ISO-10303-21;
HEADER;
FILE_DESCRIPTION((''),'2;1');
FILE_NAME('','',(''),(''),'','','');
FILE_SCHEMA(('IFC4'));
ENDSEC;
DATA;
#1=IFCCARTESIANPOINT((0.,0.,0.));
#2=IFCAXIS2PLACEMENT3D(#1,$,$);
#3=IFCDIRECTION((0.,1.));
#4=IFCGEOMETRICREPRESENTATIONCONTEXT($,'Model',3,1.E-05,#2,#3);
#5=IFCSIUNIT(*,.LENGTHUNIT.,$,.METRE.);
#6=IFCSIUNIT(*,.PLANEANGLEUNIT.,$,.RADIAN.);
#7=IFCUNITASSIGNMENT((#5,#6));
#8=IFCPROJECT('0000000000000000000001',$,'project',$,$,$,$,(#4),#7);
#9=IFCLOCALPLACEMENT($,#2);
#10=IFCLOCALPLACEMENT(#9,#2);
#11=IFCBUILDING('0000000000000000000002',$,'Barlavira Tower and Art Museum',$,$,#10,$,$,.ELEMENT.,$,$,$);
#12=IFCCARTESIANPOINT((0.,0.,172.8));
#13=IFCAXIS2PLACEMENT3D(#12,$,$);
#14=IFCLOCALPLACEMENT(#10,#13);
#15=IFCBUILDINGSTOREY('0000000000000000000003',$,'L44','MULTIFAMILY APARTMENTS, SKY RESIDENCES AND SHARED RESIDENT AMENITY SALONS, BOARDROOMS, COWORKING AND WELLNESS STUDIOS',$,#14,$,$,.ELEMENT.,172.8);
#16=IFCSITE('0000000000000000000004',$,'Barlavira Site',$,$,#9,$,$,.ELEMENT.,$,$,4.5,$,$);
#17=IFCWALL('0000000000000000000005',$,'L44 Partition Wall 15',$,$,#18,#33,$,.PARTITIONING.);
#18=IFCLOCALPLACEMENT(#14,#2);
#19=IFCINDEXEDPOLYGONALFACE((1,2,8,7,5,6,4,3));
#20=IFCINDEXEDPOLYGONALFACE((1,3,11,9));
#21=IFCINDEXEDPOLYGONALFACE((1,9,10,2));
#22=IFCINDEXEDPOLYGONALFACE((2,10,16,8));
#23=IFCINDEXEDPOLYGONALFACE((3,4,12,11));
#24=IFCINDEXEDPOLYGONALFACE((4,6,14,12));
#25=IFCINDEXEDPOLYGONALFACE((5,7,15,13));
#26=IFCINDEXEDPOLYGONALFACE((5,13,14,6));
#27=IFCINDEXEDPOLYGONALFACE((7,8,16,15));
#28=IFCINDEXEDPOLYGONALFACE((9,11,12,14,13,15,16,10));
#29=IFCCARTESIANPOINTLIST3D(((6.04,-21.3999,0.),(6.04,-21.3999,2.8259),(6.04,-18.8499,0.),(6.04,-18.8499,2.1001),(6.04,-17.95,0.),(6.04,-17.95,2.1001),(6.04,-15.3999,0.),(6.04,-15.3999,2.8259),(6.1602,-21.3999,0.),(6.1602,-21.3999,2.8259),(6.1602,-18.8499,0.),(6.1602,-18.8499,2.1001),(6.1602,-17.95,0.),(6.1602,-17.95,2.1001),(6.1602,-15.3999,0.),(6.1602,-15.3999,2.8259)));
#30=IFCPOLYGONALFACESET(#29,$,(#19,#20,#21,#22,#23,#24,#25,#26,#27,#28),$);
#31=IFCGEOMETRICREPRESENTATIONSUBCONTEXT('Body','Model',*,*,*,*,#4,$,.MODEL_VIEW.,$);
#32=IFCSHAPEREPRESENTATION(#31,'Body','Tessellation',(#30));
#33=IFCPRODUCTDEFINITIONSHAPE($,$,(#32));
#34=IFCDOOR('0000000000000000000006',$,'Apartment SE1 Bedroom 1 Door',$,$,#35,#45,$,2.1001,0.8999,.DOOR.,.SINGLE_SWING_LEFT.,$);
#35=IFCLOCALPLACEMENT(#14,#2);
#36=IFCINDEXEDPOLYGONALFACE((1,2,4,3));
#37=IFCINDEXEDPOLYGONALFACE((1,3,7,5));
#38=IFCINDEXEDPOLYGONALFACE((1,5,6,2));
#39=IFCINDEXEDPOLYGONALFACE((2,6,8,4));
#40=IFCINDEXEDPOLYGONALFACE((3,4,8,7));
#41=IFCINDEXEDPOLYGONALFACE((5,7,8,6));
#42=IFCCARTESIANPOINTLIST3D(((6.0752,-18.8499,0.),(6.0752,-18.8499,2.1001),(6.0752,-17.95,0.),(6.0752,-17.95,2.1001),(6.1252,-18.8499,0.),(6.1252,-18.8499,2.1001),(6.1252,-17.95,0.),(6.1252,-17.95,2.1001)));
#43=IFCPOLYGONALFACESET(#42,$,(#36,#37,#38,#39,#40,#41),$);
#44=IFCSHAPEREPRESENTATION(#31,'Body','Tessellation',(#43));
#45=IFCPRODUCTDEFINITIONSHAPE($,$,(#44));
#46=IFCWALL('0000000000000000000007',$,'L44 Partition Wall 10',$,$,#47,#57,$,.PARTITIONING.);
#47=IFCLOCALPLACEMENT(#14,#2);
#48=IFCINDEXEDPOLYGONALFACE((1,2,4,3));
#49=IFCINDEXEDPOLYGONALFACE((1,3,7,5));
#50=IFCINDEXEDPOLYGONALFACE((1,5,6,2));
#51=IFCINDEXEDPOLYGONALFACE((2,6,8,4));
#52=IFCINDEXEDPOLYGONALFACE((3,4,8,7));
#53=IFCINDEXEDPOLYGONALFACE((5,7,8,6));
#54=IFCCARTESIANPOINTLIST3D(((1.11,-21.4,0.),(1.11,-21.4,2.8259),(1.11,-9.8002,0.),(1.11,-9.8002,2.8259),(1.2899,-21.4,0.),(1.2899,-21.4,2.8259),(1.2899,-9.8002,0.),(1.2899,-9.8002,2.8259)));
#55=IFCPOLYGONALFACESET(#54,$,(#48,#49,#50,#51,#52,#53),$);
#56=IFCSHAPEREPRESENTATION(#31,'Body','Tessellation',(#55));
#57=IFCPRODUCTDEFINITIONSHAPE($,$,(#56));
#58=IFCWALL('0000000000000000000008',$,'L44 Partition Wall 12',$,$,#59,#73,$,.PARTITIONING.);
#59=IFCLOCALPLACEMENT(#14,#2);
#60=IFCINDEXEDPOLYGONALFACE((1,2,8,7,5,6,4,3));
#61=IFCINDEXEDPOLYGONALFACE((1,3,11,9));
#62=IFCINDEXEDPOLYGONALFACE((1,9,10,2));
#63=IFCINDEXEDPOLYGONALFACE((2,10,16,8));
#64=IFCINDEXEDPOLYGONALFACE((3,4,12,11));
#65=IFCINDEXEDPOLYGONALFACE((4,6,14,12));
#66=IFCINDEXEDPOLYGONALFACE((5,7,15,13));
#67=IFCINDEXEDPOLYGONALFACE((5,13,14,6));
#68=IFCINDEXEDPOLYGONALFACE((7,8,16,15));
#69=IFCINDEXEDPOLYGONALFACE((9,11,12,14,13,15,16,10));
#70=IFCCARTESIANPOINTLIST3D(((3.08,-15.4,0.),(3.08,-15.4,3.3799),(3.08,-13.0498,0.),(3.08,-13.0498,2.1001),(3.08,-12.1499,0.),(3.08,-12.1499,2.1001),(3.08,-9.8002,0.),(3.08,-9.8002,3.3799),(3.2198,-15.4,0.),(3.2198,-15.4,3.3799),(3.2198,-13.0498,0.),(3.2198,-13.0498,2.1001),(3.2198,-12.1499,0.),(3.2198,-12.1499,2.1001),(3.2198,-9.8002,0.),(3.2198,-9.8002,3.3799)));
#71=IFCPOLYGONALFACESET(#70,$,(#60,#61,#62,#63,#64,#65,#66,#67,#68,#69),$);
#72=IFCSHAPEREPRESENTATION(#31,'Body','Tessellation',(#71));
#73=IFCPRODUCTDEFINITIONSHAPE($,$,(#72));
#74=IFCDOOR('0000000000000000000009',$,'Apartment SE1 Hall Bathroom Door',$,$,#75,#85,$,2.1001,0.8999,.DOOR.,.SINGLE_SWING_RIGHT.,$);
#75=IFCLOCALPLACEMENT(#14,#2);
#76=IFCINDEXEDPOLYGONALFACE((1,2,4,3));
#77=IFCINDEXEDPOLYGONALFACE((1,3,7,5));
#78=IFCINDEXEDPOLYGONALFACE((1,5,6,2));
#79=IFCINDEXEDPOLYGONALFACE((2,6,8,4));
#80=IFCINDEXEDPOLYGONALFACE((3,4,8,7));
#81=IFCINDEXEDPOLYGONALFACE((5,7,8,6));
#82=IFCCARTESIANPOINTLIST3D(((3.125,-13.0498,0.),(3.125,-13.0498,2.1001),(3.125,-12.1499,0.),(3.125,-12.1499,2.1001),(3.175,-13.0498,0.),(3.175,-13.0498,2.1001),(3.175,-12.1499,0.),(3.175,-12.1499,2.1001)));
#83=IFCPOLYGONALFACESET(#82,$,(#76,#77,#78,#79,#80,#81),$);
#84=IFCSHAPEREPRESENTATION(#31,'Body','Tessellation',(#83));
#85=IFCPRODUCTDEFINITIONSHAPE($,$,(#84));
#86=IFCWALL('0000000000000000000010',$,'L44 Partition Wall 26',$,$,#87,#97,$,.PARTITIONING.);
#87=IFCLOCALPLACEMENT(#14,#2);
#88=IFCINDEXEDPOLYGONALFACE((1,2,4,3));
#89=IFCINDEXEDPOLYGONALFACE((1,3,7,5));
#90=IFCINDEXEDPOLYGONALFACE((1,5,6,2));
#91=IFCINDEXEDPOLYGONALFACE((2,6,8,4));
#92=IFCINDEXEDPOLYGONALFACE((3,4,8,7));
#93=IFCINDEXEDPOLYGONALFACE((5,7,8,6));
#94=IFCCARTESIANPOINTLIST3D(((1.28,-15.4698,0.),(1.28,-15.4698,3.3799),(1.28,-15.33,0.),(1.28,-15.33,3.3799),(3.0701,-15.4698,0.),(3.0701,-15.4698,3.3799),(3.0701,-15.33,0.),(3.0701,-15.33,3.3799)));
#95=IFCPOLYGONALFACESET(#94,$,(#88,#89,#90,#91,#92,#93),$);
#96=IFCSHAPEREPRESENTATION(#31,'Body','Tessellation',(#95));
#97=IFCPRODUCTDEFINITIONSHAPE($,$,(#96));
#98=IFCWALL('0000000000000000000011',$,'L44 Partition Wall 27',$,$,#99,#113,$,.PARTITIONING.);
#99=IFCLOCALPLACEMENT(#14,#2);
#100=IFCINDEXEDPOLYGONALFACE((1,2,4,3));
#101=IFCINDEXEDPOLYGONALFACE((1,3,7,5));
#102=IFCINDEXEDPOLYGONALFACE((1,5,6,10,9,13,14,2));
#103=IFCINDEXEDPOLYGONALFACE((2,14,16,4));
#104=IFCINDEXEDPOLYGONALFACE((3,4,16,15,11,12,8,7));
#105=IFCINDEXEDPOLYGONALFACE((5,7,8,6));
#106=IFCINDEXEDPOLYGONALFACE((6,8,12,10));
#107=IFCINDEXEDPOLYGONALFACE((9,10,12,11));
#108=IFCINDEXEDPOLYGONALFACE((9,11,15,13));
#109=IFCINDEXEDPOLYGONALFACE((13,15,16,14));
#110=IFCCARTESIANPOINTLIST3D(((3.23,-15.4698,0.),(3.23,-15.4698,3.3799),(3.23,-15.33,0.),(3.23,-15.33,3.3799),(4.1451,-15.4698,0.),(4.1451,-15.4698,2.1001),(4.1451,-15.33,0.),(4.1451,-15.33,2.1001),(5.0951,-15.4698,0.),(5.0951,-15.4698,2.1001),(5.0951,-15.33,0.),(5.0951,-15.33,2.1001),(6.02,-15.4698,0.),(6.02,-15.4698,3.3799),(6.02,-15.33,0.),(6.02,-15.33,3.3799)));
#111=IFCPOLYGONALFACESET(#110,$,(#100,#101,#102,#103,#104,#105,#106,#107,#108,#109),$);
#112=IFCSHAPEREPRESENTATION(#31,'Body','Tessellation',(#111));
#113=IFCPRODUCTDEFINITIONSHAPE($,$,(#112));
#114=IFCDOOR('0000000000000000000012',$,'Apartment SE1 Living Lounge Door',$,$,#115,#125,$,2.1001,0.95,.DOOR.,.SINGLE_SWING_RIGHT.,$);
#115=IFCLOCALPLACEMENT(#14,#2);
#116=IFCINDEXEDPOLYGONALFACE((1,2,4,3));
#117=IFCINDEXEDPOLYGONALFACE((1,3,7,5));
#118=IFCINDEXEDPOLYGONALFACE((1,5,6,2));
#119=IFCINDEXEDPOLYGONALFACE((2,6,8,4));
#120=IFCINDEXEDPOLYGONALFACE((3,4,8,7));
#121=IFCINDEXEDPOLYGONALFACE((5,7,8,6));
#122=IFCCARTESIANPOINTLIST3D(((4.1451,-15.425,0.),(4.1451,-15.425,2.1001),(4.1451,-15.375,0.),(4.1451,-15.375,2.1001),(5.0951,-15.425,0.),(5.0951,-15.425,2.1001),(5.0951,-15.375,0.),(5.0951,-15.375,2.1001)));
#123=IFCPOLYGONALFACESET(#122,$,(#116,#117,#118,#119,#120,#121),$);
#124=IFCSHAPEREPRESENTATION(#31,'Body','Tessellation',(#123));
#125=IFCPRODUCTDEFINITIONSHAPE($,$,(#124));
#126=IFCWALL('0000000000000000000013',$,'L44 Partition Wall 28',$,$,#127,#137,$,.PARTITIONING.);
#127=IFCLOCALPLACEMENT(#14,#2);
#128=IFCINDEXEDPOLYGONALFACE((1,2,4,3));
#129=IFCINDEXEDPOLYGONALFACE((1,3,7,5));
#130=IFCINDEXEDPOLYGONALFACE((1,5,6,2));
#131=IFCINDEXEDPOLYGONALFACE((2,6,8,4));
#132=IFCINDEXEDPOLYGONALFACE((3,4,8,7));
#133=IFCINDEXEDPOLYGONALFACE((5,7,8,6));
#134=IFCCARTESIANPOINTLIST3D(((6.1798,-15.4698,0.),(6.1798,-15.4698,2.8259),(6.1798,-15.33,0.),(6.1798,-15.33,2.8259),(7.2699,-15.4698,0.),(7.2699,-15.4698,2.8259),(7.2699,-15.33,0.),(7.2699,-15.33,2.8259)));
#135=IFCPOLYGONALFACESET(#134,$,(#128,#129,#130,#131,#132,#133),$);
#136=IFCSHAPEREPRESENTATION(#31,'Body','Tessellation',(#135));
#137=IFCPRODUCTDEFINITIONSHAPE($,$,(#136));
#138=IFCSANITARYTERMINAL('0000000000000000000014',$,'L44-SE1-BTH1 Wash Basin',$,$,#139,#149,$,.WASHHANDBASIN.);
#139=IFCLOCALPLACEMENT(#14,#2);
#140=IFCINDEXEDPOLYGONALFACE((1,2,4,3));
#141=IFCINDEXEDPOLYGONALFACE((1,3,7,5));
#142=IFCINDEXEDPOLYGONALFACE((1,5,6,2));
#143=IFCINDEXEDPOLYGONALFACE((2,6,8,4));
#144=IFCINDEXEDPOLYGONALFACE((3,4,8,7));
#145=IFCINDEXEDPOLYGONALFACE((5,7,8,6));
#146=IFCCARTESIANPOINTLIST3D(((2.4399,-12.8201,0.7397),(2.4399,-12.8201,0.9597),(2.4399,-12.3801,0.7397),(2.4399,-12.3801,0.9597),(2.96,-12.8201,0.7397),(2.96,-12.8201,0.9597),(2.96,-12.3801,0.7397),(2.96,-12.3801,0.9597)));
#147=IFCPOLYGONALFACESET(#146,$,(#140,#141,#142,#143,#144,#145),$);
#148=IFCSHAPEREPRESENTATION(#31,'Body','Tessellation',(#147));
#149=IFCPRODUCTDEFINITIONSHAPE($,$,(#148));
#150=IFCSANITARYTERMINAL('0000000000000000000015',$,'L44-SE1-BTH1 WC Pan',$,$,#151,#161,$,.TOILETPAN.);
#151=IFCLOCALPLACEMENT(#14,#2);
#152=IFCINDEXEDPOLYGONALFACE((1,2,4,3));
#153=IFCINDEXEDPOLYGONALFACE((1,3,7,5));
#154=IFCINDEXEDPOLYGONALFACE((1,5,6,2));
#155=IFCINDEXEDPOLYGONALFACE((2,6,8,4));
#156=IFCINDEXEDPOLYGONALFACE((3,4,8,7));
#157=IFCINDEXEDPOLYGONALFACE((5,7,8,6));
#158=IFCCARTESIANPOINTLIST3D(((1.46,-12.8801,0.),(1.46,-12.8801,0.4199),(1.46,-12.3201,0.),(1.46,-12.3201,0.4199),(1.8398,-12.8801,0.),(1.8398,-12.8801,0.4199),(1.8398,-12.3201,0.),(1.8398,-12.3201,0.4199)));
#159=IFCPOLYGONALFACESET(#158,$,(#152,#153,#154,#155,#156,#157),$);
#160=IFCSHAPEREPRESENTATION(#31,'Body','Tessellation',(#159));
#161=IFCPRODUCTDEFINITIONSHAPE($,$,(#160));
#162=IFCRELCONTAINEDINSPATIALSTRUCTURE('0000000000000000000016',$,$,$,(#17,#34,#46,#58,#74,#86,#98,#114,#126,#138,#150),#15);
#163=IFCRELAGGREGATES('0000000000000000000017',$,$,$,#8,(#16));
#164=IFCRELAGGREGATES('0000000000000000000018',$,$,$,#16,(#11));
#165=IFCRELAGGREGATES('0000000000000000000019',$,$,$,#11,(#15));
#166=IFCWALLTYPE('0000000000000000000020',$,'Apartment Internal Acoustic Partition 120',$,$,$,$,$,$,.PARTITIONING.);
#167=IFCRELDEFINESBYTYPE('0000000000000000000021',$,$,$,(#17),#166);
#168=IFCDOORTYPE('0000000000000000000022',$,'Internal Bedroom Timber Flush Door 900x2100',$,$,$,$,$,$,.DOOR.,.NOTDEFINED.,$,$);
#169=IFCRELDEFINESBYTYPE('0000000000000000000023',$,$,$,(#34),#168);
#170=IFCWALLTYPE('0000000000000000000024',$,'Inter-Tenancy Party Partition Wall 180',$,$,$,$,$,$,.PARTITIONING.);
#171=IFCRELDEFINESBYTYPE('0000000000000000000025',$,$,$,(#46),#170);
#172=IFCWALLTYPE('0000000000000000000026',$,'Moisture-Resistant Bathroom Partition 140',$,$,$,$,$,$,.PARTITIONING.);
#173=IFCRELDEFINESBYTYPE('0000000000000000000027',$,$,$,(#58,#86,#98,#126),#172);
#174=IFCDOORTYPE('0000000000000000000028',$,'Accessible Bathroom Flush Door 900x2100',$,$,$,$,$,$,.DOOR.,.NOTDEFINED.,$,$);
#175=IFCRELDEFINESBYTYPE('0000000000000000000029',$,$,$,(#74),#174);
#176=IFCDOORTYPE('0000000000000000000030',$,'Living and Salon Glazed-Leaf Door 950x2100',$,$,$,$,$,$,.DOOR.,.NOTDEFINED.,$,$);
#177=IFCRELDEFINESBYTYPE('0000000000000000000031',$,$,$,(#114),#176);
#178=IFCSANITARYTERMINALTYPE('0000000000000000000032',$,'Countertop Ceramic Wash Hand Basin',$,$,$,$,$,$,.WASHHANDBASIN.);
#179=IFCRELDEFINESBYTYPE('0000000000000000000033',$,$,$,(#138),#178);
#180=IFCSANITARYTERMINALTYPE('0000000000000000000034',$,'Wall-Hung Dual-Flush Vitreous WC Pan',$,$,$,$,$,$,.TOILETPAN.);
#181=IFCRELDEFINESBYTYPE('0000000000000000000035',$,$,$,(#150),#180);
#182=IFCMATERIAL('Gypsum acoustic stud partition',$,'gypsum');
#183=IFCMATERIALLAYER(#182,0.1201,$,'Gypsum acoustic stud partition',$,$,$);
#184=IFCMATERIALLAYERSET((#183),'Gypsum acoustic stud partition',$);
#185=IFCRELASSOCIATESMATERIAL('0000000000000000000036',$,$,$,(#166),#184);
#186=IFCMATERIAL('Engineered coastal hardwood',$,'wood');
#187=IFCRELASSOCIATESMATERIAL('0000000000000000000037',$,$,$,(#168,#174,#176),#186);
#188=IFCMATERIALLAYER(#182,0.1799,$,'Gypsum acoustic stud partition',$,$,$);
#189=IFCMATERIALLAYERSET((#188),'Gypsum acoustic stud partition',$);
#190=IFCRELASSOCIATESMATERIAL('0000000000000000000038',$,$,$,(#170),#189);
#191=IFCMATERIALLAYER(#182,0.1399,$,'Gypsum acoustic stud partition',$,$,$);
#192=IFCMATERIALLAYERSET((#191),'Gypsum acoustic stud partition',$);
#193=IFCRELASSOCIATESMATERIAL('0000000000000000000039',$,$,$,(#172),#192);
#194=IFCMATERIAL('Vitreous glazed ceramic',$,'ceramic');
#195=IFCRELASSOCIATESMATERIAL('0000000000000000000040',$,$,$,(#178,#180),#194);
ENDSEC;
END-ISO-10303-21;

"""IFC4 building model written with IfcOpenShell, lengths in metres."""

from ifc_helpers import new_model, si_unit, direction, frame, frame_2d, origin, origin_2d, place, context, subcontext, project, spatial, rectangle, extrude, material, layer, layer_set, type_object, element, fill, save


model = new_model("IFC4")

# Units and contexts
model_context = context("Model", 3, precision=1e-05, world=origin(), true_north=direction((0.0, 1.0)))
body_context = subcontext(model_context, "Body", "Model", "MODEL_VIEW")
ifc_project = project(units=[si_unit("LENGTHUNIT", "METRE"), si_unit("PLANEANGLEUNIT", "RADIAN")], contexts=[model_context])

# Site, building, storey
site_placement = place(None, origin())
site = spatial("IfcSite", under=ifc_project, at=site_placement, Name="Barlavira Site", CompositionType="ELEMENT", RefElevation=4.5)
building_placement = place(site_placement, origin())
building = spatial("IfcBuilding", under=site, at=building_placement, Name="Barlavira Tower and Art Museum", CompositionType="ELEMENT")
storey_placement = place(building_placement, frame((0.0, 0.0, 172.8)))
storey = spatial("IfcBuildingStorey", under=building, at=storey_placement, Name="L44", Description="MULTIFAMILY APARTMENTS, SKY RESIDENCES AND SHARED RESIDENT AMENITY SALONS, BOARDROOMS, COWORKING AND WELLNESS STUDIOS", CompositionType="ELEMENT", Elevation=172.8)

# Wall, opening, door
ifc_material_1 = material(Name="Gypsum acoustic stud partition", Category="gypsum")
ifc_layer_1 = layer(ifc_material_1, 0.1201, Name="Gypsum acoustic stud partition")
ifc_layer_set_1 = layer_set([ifc_layer_1], Name="Gypsum acoustic stud partition")
wall_type_1 = type_object("IfcWallType", Name="Apartment Internal Acoustic Partition 120", PredefinedType="PARTITIONING", material=ifc_layer_set_1)
wall_1_placement = place(storey_placement, frame((6.1001, -21.3999, 0.0), z_axis=(0.0, 0.0, 1.0), x_axis=(0.0, 1.0, 0.0)))
wall_1 = element("IfcWall", 1, at=wall_1_placement, inside=storey, type_object=wall_type_1, Name="L44 Partition Wall 15", PredefinedType="PARTITIONING", context=body_context, shape_type="SweptSolid", body=[
    extrude(rectangle(XDim=6.0, YDim=0.1201, at=frame_2d((3.0, 0.0))), origin(), (0.0, 0.0, 1.0), 2.8259),
])
opening_1_placement = place(wall_1_placement, frame((2.55, 0.0, 0.0)))
opening_1 = element("IfcOpeningElement", 2, at=opening_1_placement, cuts=wall_1, PredefinedType="OPENING", context=body_context, shape_type="SweptSolid", body=[
    extrude(rectangle(XDim=0.8999, YDim=2.1001, at=frame_2d((0.45, 1.05))), frame((0.0, 0.0701, 0.0), z_axis=(0.0, -1.0, 0.0), x_axis=(1.0, 0.0, 0.0)), (0.0, 0.0, 1.0), 0.1401),
])
ifc_material_2 = material(Name="Engineered coastal hardwood", Category="wood")
door_type_1 = type_object("IfcDoorType", Name="Internal Bedroom Timber Flush Door 900x2100", OperationType="NOTDEFINED", PredefinedType="DOOR", material=ifc_material_2)
door_1_placement = place(opening_1_placement, origin())
door_1 = element("IfcDoor", 3, at=door_1_placement, inside=storey, type_object=door_type_1, Name="Apartment SE1 Bedroom 1 Door", OperationType="SINGLE_SWING_LEFT", OverallHeight=2.1001, OverallWidth=0.8999, PredefinedType="DOOR", context=body_context, shape_type="SweptSolid", body=[
    extrude(rectangle(XDim=0.8999, YDim=2.1001, at=frame_2d((0.45, 1.05))), frame((0.0, 0.0249, 0.0), z_axis=(0.0, -1.0, 0.0), x_axis=(1.0, 0.0, 0.0)), (0.0, 0.0, 1.0), 0.05),
])
fill(opening_1, door_1)

# Wall
ifc_layer_2 = layer(ifc_material_1, 0.1799, Name="Gypsum acoustic stud partition")
ifc_layer_set_2 = layer_set([ifc_layer_2], Name="Gypsum acoustic stud partition")
wall_type_2 = type_object("IfcWallType", Name="Inter-Tenancy Party Partition Wall 180", PredefinedType="PARTITIONING", material=ifc_layer_set_2)
wall_2_placement = place(storey_placement, frame((1.2, -21.3999, 0.0), z_axis=(0.0, 0.0, 1.0), x_axis=(0.0, 1.0, 0.0)))
element("IfcWall", 4, at=wall_2_placement, inside=storey, type_object=wall_type_2, Name="L44 Partition Wall 10", PredefinedType="PARTITIONING", context=body_context, shape_type="SweptSolid", body=[
    extrude(rectangle(XDim=11.5999, YDim=0.1799, at=frame_2d((5.7998, 0.0))), origin(), (0.0, 0.0, 1.0), 2.8259),
])

# Wall, opening, door
ifc_layer_3 = layer(ifc_material_1, 0.1399, Name="Gypsum acoustic stud partition")
ifc_layer_set_3 = layer_set([ifc_layer_3], Name="Gypsum acoustic stud partition")
wall_type_3 = type_object("IfcWallType", Name="Moisture-Resistant Bathroom Partition 140", PredefinedType="PARTITIONING", material=ifc_layer_set_3)
wall_3_placement = place(storey_placement, frame((3.1499, -15.3999, 0.0), z_axis=(0.0, 0.0, 1.0), x_axis=(0.0, 1.0, 0.0)))
wall_3 = element("IfcWall", 5, at=wall_3_placement, inside=storey, type_object=wall_type_3, Name="L44 Partition Wall 12", PredefinedType="PARTITIONING", context=body_context, shape_type="SweptSolid", body=[
    extrude(rectangle(XDim=5.5999, YDim=0.1399, at=frame_2d((2.7998, 0.0))), origin(), (0.0, 0.0, 1.0), 3.3799),
])
opening_2_placement = place(wall_3_placement, frame((2.3501, 0.0, 0.0)))
opening_2 = element("IfcOpeningElement", 6, at=opening_2_placement, cuts=wall_3, PredefinedType="OPENING", context=body_context, shape_type="SweptSolid", body=[
    extrude(rectangle(XDim=0.8999, YDim=2.1001, at=frame_2d((0.45, 1.05))), frame((0.0, 0.0801, 0.0), z_axis=(0.0, -1.0, 0.0), x_axis=(1.0, 0.0, 0.0)), (0.0, 0.0, 1.0), 0.1599),
])
door_type_2 = type_object("IfcDoorType", Name="Accessible Bathroom Flush Door 900x2100", OperationType="NOTDEFINED", PredefinedType="DOOR", material=ifc_material_2)
door_2_placement = place(opening_2_placement, origin())
door_2 = element("IfcDoor", 7, at=door_2_placement, inside=storey, type_object=door_type_2, Name="Apartment SE1 Hall Bathroom Door", OperationType="SINGLE_SWING_RIGHT", OverallHeight=2.1001, OverallWidth=0.8999, PredefinedType="DOOR", context=body_context, shape_type="SweptSolid", body=[
    extrude(rectangle(XDim=0.8999, YDim=2.1001, at=frame_2d((0.45, 1.05))), frame((0.0, 0.0249, 0.0), z_axis=(0.0, -1.0, 0.0), x_axis=(1.0, 0.0, 0.0)), (0.0, 0.0, 1.0), 0.05),
])
fill(opening_2, door_2)

# Wall
wall_4_placement = place(storey_placement, frame((1.28, -15.3999, 0.0), z_axis=(0.0, 0.0, 1.0), x_axis=(1.0, 0.0, 0.0)))
element("IfcWall", 8, at=wall_4_placement, inside=storey, type_object=wall_type_3, Name="L44 Partition Wall 26", PredefinedType="PARTITIONING", context=body_context, shape_type="SweptSolid", body=[
    extrude(rectangle(XDim=1.79, YDim=0.1399, at=frame_2d((0.895, 0.0))), origin(), (0.0, 0.0, 1.0), 3.3799),
])

# Wall, opening, door
wall_5_placement = place(storey_placement, frame((3.23, -15.3999, 0.0), z_axis=(0.0, 0.0, 1.0), x_axis=(1.0, 0.0, 0.0)))
wall_5 = element("IfcWall", 9, at=wall_5_placement, inside=storey, type_object=wall_type_3, Name="L44 Partition Wall 27", PredefinedType="PARTITIONING", context=body_context, shape_type="SweptSolid", body=[
    extrude(rectangle(XDim=2.79, YDim=0.1399, at=frame_2d((1.395, 0.0))), origin(), (0.0, 0.0, 1.0), 3.3799),
])
opening_3_placement = place(wall_5_placement, frame((0.915, 0.0, 0.0)))
opening_3 = element("IfcOpeningElement", 10, at=opening_3_placement, cuts=wall_5, PredefinedType="OPENING", context=body_context, shape_type="SweptSolid", body=[
    extrude(rectangle(XDim=0.95, YDim=2.1001, at=frame_2d((0.4751, 1.05))), frame((0.0, 0.0801, 0.0), z_axis=(0.0, -1.0, 0.0), x_axis=(1.0, 0.0, 0.0)), (0.0, 0.0, 1.0), 0.1599),
])
door_type_3 = type_object("IfcDoorType", Name="Living and Salon Glazed-Leaf Door 950x2100", OperationType="NOTDEFINED", PredefinedType="DOOR", material=ifc_material_2)
door_3_placement = place(opening_3_placement, origin())
door_3 = element("IfcDoor", 11, at=door_3_placement, inside=storey, type_object=door_type_3, Name="Apartment SE1 Living Lounge Door", OperationType="SINGLE_SWING_RIGHT", OverallHeight=2.1001, OverallWidth=0.95, PredefinedType="DOOR", context=body_context, shape_type="SweptSolid", body=[
    extrude(rectangle(XDim=0.95, YDim=2.1001, at=frame_2d((0.4751, 1.05))), frame((0.0, 0.0249, 0.0), z_axis=(0.0, -1.0, 0.0), x_axis=(1.0, 0.0, 0.0)), (0.0, 0.0, 1.0), 0.05),
])
fill(opening_3, door_3)

# Wall
wall_6_placement = place(storey_placement, frame((6.1799, -15.3999, 0.0), z_axis=(0.0, 0.0, 1.0), x_axis=(1.0, 0.0, 0.0)))
element("IfcWall", 12, at=wall_6_placement, inside=storey, type_object=wall_type_3, Name="L44 Partition Wall 28", PredefinedType="PARTITIONING", context=body_context, shape_type="SweptSolid", body=[
    extrude(rectangle(XDim=1.0901, YDim=0.1399, at=frame_2d((0.5449, 0.0))), origin(), (0.0, 0.0, 1.0), 2.8259),
])

# Sanitary terminals
ifc_material_3 = material(Name="Vitreous glazed ceramic", Category="ceramic")
sanitary_terminal_type_1 = type_object("IfcSanitaryTerminalType", Name="Countertop Ceramic Wash Hand Basin", PredefinedType="WASHHANDBASIN", material=ifc_material_3)
sanitary_terminal_1_placement = place(storey_placement, frame((2.7, -12.6001, 0.7397), z_axis=(0.0, 0.0, 1.0), x_axis=(1.0, 0.0, 0.0)))
element("IfcSanitaryTerminal", 13, at=sanitary_terminal_1_placement, inside=storey, type_object=sanitary_terminal_type_1, Name="L44-SE1-BTH1 Wash Basin", PredefinedType="WASHHANDBASIN", context=body_context, shape_type="SweptSolid", body=[
    extrude(rectangle(XDim=0.52, YDim=0.4399, at=origin_2d()), origin(), (0.0, 0.0, 1.0), 0.22),
])
sanitary_terminal_type_2 = type_object("IfcSanitaryTerminalType", Name="Wall-Hung Dual-Flush Vitreous WC Pan", PredefinedType="TOILETPAN", material=ifc_material_3)
sanitary_terminal_2_placement = place(storey_placement, frame((1.6499, -12.6001, 0.0), z_axis=(0.0, 0.0, 1.0), x_axis=(1.0, 0.0, 0.0)))
element("IfcSanitaryTerminal", 14, at=sanitary_terminal_2_placement, inside=storey, type_object=sanitary_terminal_type_2, Name="L44-SE1-BTH1 WC Pan", PredefinedType="TOILETPAN", context=body_context, shape_type="SweptSolid", body=[
    extrude(rectangle(XDim=0.3799, YDim=0.5601, at=origin_2d()), origin(), (0.0, 0.0, 1.0), 0.4199),
])

save(model, "model.ifc")
